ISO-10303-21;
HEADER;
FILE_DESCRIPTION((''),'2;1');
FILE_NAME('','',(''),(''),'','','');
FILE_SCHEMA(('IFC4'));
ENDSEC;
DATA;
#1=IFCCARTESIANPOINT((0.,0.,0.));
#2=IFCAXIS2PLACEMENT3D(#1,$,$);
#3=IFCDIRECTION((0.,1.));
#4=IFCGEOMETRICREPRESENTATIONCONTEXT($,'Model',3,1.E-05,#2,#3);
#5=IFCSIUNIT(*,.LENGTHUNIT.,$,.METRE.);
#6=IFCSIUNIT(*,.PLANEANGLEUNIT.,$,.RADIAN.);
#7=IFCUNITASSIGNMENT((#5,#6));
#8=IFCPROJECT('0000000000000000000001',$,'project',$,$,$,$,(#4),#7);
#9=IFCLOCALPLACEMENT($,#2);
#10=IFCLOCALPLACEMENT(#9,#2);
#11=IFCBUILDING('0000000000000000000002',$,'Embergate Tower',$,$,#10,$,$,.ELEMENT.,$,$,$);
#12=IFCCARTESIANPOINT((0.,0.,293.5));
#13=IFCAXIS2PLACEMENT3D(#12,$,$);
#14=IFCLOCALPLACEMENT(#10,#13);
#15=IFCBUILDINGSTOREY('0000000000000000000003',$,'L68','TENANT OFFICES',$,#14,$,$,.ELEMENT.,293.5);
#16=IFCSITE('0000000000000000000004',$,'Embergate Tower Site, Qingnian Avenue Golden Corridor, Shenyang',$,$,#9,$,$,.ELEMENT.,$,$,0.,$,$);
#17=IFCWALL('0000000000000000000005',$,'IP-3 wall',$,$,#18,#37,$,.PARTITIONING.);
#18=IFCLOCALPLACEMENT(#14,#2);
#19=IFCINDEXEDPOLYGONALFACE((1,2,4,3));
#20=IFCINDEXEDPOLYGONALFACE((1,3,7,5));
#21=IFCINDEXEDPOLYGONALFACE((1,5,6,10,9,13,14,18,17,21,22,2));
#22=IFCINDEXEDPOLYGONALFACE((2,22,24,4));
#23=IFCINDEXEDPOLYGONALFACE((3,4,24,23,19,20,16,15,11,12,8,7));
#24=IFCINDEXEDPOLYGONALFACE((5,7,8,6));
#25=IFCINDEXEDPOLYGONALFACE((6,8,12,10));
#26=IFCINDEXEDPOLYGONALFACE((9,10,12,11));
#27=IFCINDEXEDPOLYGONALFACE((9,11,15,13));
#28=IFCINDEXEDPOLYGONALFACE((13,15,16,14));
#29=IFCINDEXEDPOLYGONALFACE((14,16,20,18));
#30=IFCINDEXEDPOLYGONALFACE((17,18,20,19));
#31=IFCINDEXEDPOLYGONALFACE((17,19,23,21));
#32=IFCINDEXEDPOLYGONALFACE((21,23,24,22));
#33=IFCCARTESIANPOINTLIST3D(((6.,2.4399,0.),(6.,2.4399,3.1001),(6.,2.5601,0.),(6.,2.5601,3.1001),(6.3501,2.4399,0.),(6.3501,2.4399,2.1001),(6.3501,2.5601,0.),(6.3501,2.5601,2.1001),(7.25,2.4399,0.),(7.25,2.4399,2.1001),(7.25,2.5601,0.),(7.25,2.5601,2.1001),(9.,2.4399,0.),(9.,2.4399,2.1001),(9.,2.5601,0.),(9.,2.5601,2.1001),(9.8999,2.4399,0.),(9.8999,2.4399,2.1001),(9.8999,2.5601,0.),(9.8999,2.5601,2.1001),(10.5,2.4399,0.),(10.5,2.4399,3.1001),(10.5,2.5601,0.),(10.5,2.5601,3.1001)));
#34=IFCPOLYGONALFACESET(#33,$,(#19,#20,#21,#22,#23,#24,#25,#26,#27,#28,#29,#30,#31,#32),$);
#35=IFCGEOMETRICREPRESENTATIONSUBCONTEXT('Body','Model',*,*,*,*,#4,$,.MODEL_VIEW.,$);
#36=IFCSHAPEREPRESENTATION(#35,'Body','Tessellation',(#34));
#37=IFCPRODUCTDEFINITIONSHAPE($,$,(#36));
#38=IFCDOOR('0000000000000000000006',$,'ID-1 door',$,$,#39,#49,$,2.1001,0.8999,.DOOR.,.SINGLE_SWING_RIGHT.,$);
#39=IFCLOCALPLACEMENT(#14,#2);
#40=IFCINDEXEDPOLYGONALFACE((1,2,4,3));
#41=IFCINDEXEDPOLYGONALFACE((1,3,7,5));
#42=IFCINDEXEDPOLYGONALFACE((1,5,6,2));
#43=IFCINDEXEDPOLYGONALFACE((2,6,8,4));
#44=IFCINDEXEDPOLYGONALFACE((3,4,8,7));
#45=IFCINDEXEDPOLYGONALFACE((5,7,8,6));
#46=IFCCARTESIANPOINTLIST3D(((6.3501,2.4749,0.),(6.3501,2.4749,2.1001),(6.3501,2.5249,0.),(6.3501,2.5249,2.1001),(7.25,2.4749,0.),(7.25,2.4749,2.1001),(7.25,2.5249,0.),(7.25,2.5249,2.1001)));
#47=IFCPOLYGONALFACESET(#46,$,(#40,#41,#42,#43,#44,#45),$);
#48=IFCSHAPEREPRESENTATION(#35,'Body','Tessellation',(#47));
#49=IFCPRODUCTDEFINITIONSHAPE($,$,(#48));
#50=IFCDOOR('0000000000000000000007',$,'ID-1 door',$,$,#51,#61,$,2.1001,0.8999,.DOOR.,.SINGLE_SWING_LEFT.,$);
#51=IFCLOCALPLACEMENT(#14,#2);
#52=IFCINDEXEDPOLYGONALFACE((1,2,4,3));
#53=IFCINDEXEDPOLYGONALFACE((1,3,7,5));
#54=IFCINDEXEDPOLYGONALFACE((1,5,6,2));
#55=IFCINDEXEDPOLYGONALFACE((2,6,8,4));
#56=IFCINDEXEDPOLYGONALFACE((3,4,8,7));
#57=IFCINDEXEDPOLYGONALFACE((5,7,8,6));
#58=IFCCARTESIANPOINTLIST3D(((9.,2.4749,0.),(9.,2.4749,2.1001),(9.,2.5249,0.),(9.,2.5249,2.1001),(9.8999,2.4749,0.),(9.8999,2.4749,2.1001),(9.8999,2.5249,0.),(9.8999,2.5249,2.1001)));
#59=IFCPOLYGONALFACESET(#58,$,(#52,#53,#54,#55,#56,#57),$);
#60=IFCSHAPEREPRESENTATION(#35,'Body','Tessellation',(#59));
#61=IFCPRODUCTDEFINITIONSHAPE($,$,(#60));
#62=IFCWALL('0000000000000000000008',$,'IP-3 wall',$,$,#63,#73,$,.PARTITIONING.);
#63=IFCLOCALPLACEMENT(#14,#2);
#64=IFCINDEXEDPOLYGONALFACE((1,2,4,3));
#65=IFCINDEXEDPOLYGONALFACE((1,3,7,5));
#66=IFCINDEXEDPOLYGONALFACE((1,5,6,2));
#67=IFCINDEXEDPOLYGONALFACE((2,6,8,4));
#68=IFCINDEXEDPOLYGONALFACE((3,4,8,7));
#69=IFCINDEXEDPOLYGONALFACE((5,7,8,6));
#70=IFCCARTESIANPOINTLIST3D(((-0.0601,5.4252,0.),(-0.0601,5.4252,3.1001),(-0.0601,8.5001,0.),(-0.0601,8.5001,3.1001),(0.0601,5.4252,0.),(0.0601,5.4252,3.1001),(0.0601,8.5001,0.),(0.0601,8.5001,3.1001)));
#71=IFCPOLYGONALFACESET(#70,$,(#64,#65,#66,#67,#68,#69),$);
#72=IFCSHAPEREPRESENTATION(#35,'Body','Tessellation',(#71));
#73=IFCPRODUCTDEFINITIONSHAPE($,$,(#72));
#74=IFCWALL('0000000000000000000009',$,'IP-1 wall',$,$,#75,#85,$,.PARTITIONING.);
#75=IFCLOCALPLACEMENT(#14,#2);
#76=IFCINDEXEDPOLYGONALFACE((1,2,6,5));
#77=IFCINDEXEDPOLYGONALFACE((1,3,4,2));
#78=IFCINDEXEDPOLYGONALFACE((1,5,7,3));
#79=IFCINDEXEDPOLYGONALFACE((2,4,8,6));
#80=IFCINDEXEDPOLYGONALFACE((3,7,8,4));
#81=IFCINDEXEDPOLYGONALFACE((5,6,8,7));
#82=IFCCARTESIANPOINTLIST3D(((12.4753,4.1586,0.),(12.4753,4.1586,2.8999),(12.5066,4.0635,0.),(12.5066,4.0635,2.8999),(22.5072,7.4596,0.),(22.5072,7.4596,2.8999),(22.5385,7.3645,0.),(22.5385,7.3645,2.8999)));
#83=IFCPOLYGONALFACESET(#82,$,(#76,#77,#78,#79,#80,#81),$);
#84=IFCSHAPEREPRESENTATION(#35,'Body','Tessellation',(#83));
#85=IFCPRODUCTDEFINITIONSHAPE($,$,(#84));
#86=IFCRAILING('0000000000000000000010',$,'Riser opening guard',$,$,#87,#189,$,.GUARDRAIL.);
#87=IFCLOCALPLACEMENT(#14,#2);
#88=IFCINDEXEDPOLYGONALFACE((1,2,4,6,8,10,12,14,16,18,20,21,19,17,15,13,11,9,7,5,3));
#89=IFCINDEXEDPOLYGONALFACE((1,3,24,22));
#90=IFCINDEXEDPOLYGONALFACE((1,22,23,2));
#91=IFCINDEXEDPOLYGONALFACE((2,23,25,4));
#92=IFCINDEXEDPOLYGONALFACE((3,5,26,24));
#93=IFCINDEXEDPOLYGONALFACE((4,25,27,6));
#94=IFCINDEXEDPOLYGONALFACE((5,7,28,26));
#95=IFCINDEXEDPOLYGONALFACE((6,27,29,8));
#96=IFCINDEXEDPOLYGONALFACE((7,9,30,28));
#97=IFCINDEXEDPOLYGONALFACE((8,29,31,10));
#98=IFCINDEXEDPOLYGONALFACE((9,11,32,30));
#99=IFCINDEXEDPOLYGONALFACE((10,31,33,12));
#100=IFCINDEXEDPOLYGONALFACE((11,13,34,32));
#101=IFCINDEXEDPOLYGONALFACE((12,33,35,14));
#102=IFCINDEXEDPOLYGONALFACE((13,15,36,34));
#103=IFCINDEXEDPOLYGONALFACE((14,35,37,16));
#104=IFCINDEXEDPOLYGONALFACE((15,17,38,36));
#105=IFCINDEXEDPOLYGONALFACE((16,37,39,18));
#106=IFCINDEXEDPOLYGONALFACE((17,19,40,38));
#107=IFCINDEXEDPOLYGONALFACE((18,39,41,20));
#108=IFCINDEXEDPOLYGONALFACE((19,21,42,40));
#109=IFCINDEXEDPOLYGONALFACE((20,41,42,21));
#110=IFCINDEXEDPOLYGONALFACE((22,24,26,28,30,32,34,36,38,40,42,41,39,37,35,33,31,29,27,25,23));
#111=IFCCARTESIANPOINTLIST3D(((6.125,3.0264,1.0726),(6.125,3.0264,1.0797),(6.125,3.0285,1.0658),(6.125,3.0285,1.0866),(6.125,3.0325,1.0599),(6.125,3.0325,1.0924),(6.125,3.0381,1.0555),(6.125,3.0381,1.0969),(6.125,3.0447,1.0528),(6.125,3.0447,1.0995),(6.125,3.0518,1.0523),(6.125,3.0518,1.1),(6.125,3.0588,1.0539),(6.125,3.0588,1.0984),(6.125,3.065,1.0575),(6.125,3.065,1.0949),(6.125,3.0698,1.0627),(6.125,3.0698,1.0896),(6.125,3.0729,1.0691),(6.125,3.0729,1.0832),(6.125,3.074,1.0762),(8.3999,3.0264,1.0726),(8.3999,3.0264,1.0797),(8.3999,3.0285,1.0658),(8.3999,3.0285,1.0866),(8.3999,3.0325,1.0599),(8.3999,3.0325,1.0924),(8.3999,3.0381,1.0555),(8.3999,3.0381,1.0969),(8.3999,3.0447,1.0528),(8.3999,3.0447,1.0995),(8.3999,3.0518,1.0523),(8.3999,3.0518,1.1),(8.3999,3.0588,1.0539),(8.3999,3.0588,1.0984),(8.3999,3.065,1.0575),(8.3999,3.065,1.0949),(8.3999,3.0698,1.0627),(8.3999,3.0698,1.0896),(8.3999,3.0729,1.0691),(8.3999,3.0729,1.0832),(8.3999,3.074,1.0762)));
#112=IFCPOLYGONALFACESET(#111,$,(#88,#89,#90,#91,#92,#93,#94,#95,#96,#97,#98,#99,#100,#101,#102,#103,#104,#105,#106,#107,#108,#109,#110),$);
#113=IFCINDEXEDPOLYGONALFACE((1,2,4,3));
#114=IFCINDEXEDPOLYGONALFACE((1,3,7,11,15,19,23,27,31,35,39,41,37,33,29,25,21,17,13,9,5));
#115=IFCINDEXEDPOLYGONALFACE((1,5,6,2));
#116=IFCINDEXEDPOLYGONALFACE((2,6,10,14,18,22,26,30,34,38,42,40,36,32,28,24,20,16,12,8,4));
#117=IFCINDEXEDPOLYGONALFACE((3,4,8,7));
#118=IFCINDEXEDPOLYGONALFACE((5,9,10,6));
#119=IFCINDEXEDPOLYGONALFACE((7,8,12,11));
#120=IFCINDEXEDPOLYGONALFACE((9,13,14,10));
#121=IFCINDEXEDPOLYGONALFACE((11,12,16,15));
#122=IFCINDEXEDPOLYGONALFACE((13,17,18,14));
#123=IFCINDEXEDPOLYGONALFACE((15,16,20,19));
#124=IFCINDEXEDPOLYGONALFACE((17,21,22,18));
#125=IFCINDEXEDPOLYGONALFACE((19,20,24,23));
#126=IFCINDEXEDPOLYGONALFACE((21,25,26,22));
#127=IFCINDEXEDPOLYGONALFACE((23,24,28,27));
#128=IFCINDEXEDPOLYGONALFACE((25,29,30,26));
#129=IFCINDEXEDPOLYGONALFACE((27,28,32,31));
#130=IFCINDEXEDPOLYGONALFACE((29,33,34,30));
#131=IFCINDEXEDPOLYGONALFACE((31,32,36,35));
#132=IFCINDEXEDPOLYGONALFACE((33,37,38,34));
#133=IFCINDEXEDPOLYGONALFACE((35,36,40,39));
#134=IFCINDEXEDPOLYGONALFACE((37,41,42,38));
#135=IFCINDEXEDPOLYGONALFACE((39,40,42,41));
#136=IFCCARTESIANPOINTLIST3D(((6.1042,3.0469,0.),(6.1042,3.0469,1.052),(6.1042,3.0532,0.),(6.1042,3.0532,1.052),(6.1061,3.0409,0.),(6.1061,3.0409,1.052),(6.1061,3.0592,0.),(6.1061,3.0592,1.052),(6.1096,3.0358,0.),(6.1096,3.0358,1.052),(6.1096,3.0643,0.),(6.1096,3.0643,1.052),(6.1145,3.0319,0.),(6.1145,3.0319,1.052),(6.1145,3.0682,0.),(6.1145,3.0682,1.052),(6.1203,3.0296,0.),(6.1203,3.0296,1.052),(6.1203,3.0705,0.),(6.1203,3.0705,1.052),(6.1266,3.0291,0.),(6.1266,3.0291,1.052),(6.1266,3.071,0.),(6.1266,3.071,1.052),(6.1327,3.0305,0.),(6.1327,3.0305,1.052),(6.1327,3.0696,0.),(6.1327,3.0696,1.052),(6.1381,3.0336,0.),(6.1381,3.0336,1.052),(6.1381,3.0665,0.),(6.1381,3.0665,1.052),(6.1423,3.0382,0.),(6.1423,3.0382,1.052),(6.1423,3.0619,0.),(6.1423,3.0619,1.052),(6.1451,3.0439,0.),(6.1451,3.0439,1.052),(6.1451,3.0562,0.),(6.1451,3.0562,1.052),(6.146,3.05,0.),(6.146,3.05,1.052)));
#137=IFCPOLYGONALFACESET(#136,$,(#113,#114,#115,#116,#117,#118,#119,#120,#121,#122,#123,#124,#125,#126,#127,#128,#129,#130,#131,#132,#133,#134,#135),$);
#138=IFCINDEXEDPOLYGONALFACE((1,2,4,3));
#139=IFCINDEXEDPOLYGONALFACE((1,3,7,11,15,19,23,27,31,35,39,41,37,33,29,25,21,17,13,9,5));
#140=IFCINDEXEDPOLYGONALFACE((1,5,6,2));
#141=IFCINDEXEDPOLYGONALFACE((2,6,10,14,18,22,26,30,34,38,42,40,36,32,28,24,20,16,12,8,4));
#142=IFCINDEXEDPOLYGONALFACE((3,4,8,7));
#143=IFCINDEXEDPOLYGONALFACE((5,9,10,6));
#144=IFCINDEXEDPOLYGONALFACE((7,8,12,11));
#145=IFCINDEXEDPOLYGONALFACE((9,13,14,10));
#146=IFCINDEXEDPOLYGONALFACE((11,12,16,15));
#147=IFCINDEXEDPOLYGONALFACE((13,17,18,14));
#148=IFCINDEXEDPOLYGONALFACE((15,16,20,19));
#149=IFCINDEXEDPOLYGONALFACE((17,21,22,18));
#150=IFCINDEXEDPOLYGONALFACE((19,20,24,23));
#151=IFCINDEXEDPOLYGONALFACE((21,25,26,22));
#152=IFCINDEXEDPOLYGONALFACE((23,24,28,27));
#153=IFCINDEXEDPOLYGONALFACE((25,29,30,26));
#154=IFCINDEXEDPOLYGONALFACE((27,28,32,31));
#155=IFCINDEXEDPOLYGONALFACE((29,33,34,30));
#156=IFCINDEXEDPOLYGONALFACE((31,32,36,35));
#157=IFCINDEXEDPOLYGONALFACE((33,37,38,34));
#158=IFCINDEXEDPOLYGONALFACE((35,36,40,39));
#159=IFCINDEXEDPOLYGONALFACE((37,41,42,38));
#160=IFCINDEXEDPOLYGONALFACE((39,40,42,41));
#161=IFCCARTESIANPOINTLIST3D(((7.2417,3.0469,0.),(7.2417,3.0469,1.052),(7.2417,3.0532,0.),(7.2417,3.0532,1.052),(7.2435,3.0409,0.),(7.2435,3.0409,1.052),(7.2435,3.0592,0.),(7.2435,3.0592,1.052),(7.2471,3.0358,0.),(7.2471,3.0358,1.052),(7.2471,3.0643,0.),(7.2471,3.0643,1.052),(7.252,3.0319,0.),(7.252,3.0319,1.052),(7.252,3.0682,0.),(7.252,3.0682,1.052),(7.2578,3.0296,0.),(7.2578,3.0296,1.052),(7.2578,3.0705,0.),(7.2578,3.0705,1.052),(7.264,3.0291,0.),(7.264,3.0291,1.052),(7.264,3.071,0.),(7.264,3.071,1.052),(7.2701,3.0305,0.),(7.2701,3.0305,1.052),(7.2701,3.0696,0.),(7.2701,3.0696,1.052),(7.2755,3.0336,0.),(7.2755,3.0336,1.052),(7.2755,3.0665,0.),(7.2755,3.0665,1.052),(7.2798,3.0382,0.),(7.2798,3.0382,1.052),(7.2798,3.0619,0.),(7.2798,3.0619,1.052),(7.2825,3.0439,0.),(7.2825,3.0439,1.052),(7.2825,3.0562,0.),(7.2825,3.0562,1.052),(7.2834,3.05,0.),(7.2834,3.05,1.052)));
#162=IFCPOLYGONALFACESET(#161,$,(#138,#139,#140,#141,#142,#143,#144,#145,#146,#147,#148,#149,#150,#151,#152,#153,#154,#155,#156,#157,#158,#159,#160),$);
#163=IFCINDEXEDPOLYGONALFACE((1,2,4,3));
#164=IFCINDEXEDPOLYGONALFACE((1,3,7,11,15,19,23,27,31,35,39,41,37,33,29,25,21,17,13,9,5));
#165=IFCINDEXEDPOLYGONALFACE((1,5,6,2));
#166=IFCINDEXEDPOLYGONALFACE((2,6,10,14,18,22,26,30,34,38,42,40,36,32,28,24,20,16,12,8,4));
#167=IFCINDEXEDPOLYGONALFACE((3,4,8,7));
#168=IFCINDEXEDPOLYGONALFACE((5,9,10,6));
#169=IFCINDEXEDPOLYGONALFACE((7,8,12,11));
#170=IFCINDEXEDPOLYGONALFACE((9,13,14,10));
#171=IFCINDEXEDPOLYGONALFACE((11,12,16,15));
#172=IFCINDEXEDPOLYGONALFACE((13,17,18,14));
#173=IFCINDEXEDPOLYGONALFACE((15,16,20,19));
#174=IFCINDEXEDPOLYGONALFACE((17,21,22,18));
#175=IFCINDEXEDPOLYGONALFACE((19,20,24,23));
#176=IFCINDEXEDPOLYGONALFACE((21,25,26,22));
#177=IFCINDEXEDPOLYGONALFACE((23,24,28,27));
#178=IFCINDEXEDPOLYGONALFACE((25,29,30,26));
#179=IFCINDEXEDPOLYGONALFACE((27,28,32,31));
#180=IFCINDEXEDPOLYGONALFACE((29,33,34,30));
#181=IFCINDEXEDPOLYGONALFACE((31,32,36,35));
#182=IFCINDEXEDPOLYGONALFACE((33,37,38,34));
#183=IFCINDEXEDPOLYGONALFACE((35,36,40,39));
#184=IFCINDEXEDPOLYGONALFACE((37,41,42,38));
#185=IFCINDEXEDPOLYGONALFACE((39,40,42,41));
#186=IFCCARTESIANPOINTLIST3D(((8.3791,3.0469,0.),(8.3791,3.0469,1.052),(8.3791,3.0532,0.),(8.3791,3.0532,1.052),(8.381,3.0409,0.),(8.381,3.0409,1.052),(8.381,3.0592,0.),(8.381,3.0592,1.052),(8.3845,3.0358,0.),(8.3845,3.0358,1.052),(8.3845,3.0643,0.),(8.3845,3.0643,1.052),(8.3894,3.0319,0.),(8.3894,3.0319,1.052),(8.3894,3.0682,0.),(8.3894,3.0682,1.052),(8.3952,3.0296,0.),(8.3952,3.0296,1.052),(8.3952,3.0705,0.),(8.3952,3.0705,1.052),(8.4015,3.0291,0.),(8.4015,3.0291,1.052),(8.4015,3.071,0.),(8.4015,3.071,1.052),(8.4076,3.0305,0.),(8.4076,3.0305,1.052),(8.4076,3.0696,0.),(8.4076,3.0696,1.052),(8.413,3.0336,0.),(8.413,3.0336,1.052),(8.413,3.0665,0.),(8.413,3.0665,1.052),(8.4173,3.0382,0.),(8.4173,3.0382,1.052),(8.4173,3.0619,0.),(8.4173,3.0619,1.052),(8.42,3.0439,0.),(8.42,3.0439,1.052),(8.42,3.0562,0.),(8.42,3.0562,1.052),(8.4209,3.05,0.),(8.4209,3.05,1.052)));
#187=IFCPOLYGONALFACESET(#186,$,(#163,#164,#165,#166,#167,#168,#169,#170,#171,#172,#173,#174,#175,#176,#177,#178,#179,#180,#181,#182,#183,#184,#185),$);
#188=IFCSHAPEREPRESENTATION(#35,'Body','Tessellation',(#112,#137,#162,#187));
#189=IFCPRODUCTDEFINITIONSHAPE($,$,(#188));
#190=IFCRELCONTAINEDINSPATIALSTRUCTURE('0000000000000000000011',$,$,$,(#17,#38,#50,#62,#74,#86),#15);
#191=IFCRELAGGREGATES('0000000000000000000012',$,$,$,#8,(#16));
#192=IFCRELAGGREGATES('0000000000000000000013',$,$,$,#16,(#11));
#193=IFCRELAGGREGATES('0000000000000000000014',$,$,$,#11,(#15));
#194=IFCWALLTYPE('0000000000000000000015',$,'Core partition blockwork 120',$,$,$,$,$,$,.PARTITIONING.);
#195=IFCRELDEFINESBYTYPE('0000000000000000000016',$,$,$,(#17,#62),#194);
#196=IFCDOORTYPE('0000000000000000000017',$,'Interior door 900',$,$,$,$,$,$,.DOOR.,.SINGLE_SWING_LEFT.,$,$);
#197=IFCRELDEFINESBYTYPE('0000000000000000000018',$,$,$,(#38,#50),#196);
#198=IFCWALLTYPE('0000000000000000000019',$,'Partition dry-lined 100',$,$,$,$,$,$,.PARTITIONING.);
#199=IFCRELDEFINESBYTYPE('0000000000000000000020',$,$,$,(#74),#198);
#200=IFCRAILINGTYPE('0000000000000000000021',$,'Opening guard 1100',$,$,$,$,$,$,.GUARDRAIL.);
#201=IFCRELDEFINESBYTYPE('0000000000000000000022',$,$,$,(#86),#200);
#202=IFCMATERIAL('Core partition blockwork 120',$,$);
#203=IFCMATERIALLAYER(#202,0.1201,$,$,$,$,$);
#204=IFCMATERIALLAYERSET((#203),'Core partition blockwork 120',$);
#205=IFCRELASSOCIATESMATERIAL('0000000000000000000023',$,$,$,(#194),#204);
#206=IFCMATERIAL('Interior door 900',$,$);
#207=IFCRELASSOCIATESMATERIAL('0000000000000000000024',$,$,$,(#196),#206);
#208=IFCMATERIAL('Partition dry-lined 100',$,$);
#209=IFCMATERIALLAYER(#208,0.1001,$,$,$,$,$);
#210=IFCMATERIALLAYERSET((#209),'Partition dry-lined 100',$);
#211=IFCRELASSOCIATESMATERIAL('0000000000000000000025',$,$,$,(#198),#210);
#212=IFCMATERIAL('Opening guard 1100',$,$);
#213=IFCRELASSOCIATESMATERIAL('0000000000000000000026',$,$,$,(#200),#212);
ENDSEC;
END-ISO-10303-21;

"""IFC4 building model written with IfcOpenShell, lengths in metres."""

from ifc_helpers import new_model, si_unit, direction, frame, frame_2d, origin, origin_2d, place, context, subcontext, project, spatial, rectangle, circle, extrude, source, transform, mapped, material, layer, layer_set, type_object, element, fill, save


model = new_model("IFC4")

# Units and contexts
model_context = context("Model", 3, precision=1e-05, world=origin(), true_north=direction((0.0, 1.0)))
body_context = subcontext(model_context, "Body", "Model", "MODEL_VIEW")
ifc_project = project(units=[si_unit("LENGTHUNIT", "METRE"), si_unit("PLANEANGLEUNIT", "RADIAN")], contexts=[model_context])

# Site, building, storey
site_placement = place(None, origin())
site = spatial("IfcSite", under=ifc_project, at=site_placement, Name="Embergate Tower Site, Qingnian Avenue Golden Corridor, Shenyang", CompositionType="ELEMENT", RefElevation=0.0)
building_placement = place(site_placement, origin())
building = spatial("IfcBuilding", under=site, at=building_placement, Name="Embergate Tower", CompositionType="ELEMENT")
storey_placement = place(building_placement, frame((0.0, 0.0, 293.5)))
storey = spatial("IfcBuildingStorey", under=building, at=storey_placement, Name="L68", Description="TENANT OFFICES", CompositionType="ELEMENT", Elevation=293.5)

# Shared definitions
ifc_material_1 = material(Name="Core partition blockwork 120")
ifc_layer_1 = layer(ifc_material_1, 0.1201)
ifc_layer_set_1 = layer_set([ifc_layer_1], Name="Core partition blockwork 120")
wall_type_1 = type_object("IfcWallType", Name="Core partition blockwork 120", PredefinedType="PARTITIONING", material=ifc_layer_set_1)

# Wall, openings, doors
shared_shape_1 = source(origin(), body_context, "Body", "SweptSolid", [
    extrude(rectangle(XDim=4.5, YDim=0.1201, at=frame_2d((2.25, 0.0))), origin(), (0.0, 0.0, 1.0), 3.1001),
])
wall_1_placement = place(storey_placement, frame((6.0, 2.5, 0.0), z_axis=(0.0, 0.0, 1.0), x_axis=(1.0, 0.0, 0.0)))
wall_1 = element("IfcWall", 1, at=wall_1_placement, inside=storey, type_object=wall_type_1, Name="IP-3 wall", PredefinedType="PARTITIONING", context=body_context, shape_type="MappedRepresentation", body=[
    mapped(shared_shape_1, transform((0.0, 0.0, 0.0))),
])
shared_shape_2 = source(origin(), body_context, "Body", "SweptSolid", [
    extrude(rectangle(XDim=0.8999, YDim=2.1001, at=frame_2d((0.45, 1.05))), frame((0.0, 0.0701, 0.0), z_axis=(0.0, -1.0, 0.0), x_axis=(1.0, 0.0, 0.0)), (0.0, 0.0, 1.0), 0.1401),
])
opening_1_placement = place(wall_1_placement, frame((0.3501, 0.0, 0.0)))
opening_1 = element("IfcOpeningElement", 2, at=opening_1_placement, cuts=wall_1, PredefinedType="OPENING", context=body_context, shape_type="MappedRepresentation", body=[
    mapped(shared_shape_2, transform((0.0, 0.0, 0.0))),
])
opening_2_placement = place(wall_1_placement, frame((3.0, 0.0, 0.0)))
opening_2 = element("IfcOpeningElement", 3, at=opening_2_placement, cuts=wall_1, PredefinedType="OPENING", context=body_context, shape_type="MappedRepresentation", body=[
    mapped(shared_shape_2, transform((0.0, 0.0, 0.0))),
])
ifc_material_2 = material(Name="Interior door 900")
door_type_1 = type_object("IfcDoorType", Name="Interior door 900", OperationType="SINGLE_SWING_LEFT", PredefinedType="DOOR", material=ifc_material_2)
shared_shape_3 = source(origin(), body_context, "Body", "SweptSolid", [
    extrude(rectangle(XDim=0.8999, YDim=2.1001, at=frame_2d((0.45, 1.05))), frame((0.0, 0.0249, 0.0), z_axis=(0.0, -1.0, 0.0), x_axis=(1.0, 0.0, 0.0)), (0.0, 0.0, 1.0), 0.05),
])
door_1_placement = place(opening_1_placement, origin())
door_1 = element("IfcDoor", 4, at=door_1_placement, inside=storey, type_object=door_type_1, Name="ID-1 door", OperationType="SINGLE_SWING_RIGHT", OverallHeight=2.1001, OverallWidth=0.8999, PredefinedType="DOOR", context=body_context, shape_type="MappedRepresentation", body=[
    mapped(shared_shape_3, transform((0.0, 0.0, 0.0))),
])
fill(opening_1, door_1)
door_2_placement = place(opening_2_placement, origin())
door_2 = element("IfcDoor", 5, at=door_2_placement, inside=storey, type_object=door_type_1, Name="ID-1 door", OperationType="SINGLE_SWING_LEFT", OverallHeight=2.1001, OverallWidth=0.8999, PredefinedType="DOOR", context=body_context, shape_type="MappedRepresentation", body=[
    mapped(shared_shape_3, transform((0.0, 0.0, 0.0))),
])
fill(opening_2, door_2)

# Walls
shared_shape_4 = source(origin(), body_context, "Body", "SweptSolid", [
    extrude(rectangle(XDim=3.075, YDim=0.1201, at=frame_2d((1.5376, 0.0))), origin(), (0.0, 0.0, 1.0), 3.1001),
])
wall_2_placement = place(storey_placement, frame((0.0, 5.425, 0.0), z_axis=(0.0, 0.0, 1.0), x_axis=(0.0, 1.0, 0.0)))
element("IfcWall", 6, at=wall_2_placement, inside=storey, type_object=wall_type_1, Name="IP-3 wall", PredefinedType="PARTITIONING", context=body_context, shape_type="MappedRepresentation", body=[
    mapped(shared_shape_4, transform((0.0, 0.0, 0.0))),
])
ifc_material_3 = material(Name="Partition dry-lined 100")
ifc_layer_2 = layer(ifc_material_3, 0.1001)
ifc_layer_set_2 = layer_set([ifc_layer_2], Name="Partition dry-lined 100")
wall_type_2 = type_object("IfcWallType", Name="Partition dry-lined 100", PredefinedType="PARTITIONING", material=ifc_layer_set_2)
shared_shape_5 = source(origin(), body_context, "Body", "SweptSolid", [
    extrude(rectangle(XDim=10.561, YDim=0.1001, at=frame_2d((5.2805, 0.0))), origin(), (0.0, 0.0, 1.0), 2.8999),
])
wall_3_placement = place(storey_placement, frame((12.491, 4.1111, 0.0), z_axis=(0.0, 0.0, 1.0), x_axis=(0.949897, 0.312564, 0.0)))
element("IfcWall", 7, at=wall_3_placement, inside=storey, type_object=wall_type_2, Name="IP-1 wall", PredefinedType="PARTITIONING", context=body_context, shape_type="MappedRepresentation", body=[
    mapped(shared_shape_5, transform((0.0, 0.0, 0.0))),
])

# Railing
ifc_material_4 = material(Name="Opening guard 1100")
railing_type = type_object("IfcRailingType", Name="Opening guard 1100", PredefinedType="GUARDRAIL", material=ifc_material_4)
shared_shape_6 = source(origin(), body_context, "Body", "SweptSolid", [
    extrude(circle(Radius=0.0239, at=origin_2d()), frame((0.0, 0.0, 1.0762), z_axis=(1.0, 0.0, 0.0), x_axis=(0.0, 1.0, 0.0)), (0.0, 0.0, 1.0), 2.2749),
    extrude(circle(Radius=0.021, at=origin_2d()), origin(), (0.0, 0.0, 1.0), 1.052),
    extrude(circle(Radius=0.021, at=origin_2d()), frame((1.1375, 0.0, 0.0)), (0.0, 0.0, 1.0), 1.052),
    extrude(circle(Radius=0.021, at=origin_2d()), frame((2.2749, 0.0, 0.0)), (0.0, 0.0, 1.0), 1.052),
])
railing_placement = place(storey_placement, frame((6.125, 3.05, 0.0)))
element("IfcRailing", 8, at=railing_placement, inside=storey, type_object=railing_type, Name="Riser opening guard", PredefinedType="GUARDRAIL", context=body_context, shape_type="MappedRepresentation", body=[
    mapped(shared_shape_6, transform((0.0, 0.0, 0.0))),
])

save(model, "model.ifc")
